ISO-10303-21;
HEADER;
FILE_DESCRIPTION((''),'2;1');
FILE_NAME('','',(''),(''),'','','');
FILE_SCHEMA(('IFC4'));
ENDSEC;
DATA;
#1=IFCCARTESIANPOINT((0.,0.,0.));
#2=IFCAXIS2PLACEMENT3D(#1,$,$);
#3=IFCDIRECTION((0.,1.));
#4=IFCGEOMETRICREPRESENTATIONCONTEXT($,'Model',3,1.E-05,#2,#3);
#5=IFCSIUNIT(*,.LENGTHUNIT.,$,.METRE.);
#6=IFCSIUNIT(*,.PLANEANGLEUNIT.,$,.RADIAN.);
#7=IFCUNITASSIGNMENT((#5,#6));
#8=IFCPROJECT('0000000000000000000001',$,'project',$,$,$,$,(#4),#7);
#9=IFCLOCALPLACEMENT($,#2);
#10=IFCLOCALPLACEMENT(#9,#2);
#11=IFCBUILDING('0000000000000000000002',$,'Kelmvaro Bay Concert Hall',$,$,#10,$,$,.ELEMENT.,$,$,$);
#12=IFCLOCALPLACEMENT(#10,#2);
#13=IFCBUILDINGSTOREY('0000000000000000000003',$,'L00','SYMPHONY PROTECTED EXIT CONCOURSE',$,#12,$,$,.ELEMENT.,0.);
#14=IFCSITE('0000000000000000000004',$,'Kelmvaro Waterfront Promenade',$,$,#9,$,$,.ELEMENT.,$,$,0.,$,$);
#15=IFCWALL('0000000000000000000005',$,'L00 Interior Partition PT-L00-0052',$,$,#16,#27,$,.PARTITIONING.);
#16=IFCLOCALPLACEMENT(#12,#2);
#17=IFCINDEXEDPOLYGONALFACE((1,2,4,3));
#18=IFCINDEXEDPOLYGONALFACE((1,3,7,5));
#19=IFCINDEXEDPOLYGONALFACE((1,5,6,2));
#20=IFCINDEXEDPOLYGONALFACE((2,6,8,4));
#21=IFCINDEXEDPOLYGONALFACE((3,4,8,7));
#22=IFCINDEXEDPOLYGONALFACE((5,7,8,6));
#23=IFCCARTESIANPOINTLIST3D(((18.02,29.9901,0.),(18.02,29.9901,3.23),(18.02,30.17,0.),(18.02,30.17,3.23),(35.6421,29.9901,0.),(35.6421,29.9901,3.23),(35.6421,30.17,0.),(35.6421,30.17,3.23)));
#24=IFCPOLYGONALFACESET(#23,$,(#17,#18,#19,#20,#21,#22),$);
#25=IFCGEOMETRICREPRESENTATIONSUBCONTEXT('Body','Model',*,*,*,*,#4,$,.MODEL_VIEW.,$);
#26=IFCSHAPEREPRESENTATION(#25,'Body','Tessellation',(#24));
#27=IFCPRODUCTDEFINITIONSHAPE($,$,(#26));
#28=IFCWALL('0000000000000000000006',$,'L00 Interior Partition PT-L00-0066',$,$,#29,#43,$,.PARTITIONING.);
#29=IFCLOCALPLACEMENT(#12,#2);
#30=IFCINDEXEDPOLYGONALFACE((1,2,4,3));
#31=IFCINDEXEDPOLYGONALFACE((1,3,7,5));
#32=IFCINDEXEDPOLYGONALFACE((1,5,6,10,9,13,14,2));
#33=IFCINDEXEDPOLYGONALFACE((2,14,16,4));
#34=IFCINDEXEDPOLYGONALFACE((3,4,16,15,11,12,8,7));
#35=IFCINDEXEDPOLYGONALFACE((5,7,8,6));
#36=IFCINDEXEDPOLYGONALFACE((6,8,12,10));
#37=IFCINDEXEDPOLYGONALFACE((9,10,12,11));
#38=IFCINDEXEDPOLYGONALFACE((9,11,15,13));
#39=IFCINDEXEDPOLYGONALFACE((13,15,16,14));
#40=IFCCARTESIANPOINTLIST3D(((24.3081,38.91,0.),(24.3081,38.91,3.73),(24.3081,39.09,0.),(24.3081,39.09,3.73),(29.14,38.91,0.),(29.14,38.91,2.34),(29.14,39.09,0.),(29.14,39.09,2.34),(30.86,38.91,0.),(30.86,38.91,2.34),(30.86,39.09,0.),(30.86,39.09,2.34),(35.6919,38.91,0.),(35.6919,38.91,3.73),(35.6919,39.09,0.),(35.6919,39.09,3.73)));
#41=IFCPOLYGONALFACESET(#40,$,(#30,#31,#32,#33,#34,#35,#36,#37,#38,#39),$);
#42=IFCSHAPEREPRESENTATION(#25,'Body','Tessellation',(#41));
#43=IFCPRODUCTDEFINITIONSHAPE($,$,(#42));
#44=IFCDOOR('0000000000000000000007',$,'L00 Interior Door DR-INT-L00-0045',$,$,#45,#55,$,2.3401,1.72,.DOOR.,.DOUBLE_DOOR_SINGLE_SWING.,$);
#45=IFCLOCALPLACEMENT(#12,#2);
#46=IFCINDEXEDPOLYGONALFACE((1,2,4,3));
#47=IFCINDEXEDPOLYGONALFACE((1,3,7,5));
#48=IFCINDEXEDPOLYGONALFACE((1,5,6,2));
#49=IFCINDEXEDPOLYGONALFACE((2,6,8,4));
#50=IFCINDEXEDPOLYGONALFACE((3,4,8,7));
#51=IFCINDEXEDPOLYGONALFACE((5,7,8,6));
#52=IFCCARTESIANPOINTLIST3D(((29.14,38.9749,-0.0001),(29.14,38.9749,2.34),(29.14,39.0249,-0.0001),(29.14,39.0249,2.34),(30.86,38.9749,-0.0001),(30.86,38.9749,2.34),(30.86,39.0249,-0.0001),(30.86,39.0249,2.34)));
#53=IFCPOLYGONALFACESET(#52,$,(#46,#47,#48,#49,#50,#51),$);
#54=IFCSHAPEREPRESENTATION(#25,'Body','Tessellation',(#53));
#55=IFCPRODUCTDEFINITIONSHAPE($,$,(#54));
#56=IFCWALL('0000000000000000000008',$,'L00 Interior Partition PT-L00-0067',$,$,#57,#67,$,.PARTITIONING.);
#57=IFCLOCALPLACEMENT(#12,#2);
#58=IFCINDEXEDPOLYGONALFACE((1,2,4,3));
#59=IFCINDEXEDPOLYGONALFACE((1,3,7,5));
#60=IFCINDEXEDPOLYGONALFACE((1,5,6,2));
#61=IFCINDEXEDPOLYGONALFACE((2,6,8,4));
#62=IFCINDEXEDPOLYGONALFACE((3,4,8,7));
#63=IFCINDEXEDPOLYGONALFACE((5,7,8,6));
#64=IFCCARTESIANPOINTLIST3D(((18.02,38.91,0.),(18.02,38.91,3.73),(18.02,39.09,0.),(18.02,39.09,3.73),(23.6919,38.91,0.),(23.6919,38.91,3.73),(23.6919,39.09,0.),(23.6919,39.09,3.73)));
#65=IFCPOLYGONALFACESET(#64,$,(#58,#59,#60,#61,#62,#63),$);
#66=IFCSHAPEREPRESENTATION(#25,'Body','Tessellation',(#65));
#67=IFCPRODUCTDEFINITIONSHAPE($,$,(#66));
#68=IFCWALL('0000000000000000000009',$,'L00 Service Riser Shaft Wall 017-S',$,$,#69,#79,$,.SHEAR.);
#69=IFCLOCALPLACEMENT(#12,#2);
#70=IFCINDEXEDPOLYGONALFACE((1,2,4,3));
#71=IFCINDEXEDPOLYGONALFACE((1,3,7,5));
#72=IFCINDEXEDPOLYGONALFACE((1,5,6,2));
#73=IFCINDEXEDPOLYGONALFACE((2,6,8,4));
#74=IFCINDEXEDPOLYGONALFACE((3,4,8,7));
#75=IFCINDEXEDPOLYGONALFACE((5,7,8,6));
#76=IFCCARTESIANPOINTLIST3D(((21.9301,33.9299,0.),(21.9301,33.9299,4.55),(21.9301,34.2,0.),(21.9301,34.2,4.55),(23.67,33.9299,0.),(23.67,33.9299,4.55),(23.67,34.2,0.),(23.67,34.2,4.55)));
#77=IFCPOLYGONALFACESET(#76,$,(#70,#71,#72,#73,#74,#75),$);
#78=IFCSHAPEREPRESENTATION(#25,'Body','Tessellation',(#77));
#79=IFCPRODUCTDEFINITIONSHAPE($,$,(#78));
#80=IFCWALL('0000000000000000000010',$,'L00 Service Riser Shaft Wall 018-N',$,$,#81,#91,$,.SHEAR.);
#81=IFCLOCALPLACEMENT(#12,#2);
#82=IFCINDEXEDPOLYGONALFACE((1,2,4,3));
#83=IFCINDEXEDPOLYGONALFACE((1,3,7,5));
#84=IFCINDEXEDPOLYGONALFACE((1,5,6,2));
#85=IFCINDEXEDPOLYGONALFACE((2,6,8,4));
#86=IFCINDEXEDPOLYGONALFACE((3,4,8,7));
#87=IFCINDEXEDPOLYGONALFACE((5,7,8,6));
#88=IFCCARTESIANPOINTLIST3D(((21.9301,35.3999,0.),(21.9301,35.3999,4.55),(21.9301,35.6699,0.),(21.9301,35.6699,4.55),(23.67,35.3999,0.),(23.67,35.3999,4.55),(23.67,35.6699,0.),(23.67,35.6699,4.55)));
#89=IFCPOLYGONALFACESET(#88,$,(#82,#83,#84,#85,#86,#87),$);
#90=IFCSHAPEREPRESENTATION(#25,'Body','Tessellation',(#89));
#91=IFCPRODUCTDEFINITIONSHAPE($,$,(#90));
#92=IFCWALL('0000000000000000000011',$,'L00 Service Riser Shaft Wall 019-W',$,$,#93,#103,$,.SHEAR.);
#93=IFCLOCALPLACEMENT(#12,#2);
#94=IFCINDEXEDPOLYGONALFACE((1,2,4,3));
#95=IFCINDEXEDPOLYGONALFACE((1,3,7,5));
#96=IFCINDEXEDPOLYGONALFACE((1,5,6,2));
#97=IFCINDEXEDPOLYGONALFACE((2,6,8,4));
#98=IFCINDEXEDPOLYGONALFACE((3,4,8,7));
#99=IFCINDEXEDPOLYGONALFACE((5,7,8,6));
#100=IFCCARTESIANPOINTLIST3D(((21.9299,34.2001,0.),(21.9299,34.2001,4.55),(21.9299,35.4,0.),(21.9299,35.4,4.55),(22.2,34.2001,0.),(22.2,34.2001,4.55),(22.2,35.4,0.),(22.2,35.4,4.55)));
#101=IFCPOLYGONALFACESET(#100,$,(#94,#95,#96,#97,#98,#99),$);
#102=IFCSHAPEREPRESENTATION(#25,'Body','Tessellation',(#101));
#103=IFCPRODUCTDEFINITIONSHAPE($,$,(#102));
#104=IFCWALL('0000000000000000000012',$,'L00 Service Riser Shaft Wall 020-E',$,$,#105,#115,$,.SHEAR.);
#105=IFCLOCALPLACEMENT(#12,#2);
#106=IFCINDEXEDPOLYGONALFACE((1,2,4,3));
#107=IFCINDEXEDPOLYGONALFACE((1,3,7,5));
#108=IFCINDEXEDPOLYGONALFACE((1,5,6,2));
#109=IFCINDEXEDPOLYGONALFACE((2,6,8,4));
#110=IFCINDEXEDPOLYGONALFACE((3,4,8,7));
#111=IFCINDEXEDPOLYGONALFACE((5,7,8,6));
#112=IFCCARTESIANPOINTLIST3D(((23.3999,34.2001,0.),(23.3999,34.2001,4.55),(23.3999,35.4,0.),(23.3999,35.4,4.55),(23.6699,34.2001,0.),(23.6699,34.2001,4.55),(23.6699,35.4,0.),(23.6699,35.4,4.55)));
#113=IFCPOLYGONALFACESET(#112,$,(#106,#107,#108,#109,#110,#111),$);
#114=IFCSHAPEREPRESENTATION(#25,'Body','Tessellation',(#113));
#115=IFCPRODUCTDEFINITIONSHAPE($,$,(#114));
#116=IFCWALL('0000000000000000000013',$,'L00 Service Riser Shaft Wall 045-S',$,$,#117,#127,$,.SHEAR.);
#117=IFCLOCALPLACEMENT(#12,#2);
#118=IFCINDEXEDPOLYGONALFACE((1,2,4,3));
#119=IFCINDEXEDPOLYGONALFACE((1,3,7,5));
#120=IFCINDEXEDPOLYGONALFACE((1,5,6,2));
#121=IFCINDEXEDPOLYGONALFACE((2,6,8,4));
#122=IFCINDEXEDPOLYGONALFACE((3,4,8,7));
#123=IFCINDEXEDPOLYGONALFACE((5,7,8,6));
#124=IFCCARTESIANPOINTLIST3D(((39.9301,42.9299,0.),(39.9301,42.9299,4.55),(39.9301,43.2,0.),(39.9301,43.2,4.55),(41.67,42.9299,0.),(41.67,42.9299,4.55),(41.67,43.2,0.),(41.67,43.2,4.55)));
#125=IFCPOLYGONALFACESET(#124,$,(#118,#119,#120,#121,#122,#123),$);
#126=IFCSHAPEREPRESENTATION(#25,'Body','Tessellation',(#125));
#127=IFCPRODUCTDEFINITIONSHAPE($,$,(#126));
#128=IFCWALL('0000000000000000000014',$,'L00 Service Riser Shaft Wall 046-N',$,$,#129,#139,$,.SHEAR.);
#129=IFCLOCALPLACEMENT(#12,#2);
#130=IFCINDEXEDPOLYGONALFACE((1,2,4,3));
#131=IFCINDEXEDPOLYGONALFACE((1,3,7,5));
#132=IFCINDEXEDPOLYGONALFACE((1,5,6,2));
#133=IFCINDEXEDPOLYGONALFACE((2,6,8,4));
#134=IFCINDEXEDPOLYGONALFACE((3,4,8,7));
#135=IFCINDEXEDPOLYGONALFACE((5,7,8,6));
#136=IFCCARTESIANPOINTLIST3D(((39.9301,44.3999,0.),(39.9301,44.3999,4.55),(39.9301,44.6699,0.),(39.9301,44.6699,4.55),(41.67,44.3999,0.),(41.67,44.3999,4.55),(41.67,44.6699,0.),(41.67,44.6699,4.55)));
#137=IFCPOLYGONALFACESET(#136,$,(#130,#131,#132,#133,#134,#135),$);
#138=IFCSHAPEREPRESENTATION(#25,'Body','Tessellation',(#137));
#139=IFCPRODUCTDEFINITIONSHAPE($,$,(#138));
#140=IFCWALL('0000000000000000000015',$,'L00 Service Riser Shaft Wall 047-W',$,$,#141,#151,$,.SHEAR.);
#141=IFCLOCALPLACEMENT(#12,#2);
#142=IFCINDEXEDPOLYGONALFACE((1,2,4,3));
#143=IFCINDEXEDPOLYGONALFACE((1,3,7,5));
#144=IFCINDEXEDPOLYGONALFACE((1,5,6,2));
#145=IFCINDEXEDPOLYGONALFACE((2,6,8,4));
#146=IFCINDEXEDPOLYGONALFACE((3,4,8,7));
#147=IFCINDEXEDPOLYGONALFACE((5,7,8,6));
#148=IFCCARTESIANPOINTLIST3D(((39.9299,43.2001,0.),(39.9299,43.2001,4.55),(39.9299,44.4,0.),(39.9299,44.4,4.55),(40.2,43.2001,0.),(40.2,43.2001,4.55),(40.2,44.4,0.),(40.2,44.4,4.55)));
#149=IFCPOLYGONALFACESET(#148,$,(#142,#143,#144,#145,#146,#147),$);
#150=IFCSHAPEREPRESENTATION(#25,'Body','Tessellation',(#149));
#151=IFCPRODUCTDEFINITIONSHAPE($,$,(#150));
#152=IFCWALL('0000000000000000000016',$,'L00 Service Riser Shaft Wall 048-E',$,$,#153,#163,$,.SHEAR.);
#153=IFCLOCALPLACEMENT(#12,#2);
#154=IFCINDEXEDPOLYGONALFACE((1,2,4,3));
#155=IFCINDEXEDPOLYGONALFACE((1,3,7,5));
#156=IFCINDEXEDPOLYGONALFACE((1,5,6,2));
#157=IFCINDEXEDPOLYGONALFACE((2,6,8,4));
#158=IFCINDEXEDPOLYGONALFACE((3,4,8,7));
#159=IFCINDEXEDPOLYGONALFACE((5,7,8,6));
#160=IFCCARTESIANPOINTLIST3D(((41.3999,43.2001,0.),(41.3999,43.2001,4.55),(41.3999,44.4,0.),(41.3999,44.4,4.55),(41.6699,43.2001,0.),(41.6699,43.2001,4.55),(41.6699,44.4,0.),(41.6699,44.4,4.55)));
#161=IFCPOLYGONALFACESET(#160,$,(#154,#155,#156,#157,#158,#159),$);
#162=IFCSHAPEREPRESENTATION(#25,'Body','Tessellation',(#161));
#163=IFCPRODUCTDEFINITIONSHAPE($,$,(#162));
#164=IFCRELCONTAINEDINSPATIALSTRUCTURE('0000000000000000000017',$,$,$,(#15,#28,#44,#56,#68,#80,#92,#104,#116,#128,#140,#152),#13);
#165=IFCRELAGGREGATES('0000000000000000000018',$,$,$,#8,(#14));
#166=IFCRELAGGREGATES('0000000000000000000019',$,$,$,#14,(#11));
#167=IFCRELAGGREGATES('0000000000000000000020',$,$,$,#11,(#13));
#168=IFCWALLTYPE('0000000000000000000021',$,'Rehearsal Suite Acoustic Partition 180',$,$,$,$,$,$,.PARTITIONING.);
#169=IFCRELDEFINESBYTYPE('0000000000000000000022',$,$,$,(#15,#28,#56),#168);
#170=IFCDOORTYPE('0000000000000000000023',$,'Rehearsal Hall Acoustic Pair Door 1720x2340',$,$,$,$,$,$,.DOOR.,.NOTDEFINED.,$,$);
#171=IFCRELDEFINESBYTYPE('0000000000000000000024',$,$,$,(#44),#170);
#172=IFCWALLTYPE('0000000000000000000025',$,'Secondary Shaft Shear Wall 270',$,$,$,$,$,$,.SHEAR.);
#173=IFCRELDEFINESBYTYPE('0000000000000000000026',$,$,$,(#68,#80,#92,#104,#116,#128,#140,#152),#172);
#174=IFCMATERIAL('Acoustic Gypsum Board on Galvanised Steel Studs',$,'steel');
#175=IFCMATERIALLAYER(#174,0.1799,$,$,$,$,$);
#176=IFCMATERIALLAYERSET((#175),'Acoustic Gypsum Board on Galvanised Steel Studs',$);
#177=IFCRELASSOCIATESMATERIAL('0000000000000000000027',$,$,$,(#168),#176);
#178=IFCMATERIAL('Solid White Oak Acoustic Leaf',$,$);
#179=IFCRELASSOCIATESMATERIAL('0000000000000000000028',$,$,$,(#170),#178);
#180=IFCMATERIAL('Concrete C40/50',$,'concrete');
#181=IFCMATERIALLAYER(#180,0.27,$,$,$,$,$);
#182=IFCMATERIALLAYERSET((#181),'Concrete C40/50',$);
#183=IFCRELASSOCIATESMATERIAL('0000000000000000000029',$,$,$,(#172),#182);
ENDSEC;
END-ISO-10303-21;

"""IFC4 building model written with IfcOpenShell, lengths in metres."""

from ifc_helpers import new_model, si_unit, direction, frame, frame_2d, origin, place, context, subcontext, project, spatial, rectangle, extrude, material, layer, layer_set, type_object, element, fill, save


model = new_model("IFC4")

# Units and contexts
model_context = context("Model", 3, precision=1e-05, world=origin(), true_north=direction((0.0, 1.0)))
body_context = subcontext(model_context, "Body", "Model", "MODEL_VIEW")
ifc_project = project(units=[si_unit("LENGTHUNIT", "METRE"), si_unit("PLANEANGLEUNIT", "RADIAN")], contexts=[model_context])

# Site, building, storey
site_placement = place(None, origin())
site = spatial("IfcSite", under=ifc_project, at=site_placement, Name="Kelmvaro Waterfront Promenade", CompositionType="ELEMENT", RefElevation=0.0)
building_placement = place(site_placement, origin())
building = spatial("IfcBuilding", under=site, at=building_placement, Name="Kelmvaro Bay Concert Hall", CompositionType="ELEMENT")
storey_placement = place(building_placement, origin())
storey = spatial("IfcBuildingStorey", under=building, at=storey_placement, Name="L00", Description="SYMPHONY PROTECTED EXIT CONCOURSE", CompositionType="ELEMENT", Elevation=0.0)

# Wall
ifc_material_1 = material(Name="Acoustic Gypsum Board on Galvanised Steel Studs", Category="steel")
ifc_layer_1 = layer(ifc_material_1, 0.1799)
ifc_layer_set_1 = layer_set([ifc_layer_1], Name="Acoustic Gypsum Board on Galvanised Steel Studs")
wall_type_1 = type_object("IfcWallType", Name="Rehearsal Suite Acoustic Partition 180", PredefinedType="PARTITIONING", material=ifc_layer_set_1)
wall_1_placement = place(storey_placement, frame((18.02, 30.0801, 0.0), z_axis=(0.0, 0.0, 1.0), x_axis=(1.0, 0.0, 0.0)))
element("IfcWall", 1, at=wall_1_placement, inside=storey, type_object=wall_type_1, Name="L00 Interior Partition PT-L00-0052", PredefinedType="PARTITIONING", context=body_context, shape_type="SweptSolid", body=[
    extrude(rectangle(XDim=17.6221, YDim=0.1799, at=frame_2d((8.811, 0.0))), origin(), (0.0, 0.0, 1.0), 3.23),
])

# Wall, opening, door
wall_2_placement = place(storey_placement, frame((24.3081, 39.0, 0.0), z_axis=(0.0, 0.0, 1.0), x_axis=(1.0, 0.0, 0.0)))
wall_2 = element("IfcWall", 2, at=wall_2_placement, inside=storey, type_object=wall_type_1, Name="L00 Interior Partition PT-L00-0066", PredefinedType="PARTITIONING", context=body_context, shape_type="SweptSolid", body=[
    extrude(rectangle(XDim=11.3838, YDim=0.1799, at=frame_2d((5.6919, 0.0))), origin(), (0.0, 0.0, 1.0), 3.73),
])
opening_1_placement = place(wall_2_placement, frame((4.832, 0.0, 0.0)))
opening_1 = element("IfcOpeningElement", 3, at=opening_1_placement, cuts=wall_2, PredefinedType="OPENING", context=body_context, shape_type="SweptSolid", body=[
    extrude(rectangle(XDim=1.72, YDim=2.3401, at=frame_2d((0.8599, 1.1699))), frame((0.0, 0.0999, 0.0), z_axis=(0.0, -1.0, 0.0), x_axis=(1.0, 0.0, 0.0)), (0.0, 0.0, 1.0), 0.2),
])
ifc_material_2 = material(Name="Solid White Oak Acoustic Leaf")
door_type_1 = type_object("IfcDoorType", Name="Rehearsal Hall Acoustic Pair Door 1720x2340", OperationType="NOTDEFINED", PredefinedType="DOOR", material=ifc_material_2)
door_1_placement = place(opening_1_placement, origin())
door_1 = element("IfcDoor", 4, at=door_1_placement, inside=storey, type_object=door_type_1, Name="L00 Interior Door DR-INT-L00-0045", OperationType="DOUBLE_DOOR_SINGLE_SWING", OverallHeight=2.3401, OverallWidth=1.72, PredefinedType="DOOR", context=body_context, shape_type="SweptSolid", body=[
    extrude(rectangle(XDim=1.72, YDim=2.3401, at=frame_2d((0.8599, 1.1699))), frame((0.0, 0.0249, 0.0), z_axis=(0.0, -1.0, 0.0), x_axis=(1.0, 0.0, 0.0)), (0.0, 0.0, 1.0), 0.05),
])
fill(opening_1, door_1)

# Walls
wall_3_placement = place(storey_placement, frame((18.02, 39.0, 0.0), z_axis=(0.0, 0.0, 1.0), x_axis=(1.0, 0.0, 0.0)))
element("IfcWall", 5, at=wall_3_placement, inside=storey, type_object=wall_type_1, Name="L00 Interior Partition PT-L00-0067", PredefinedType="PARTITIONING", context=body_context, shape_type="SweptSolid", body=[
    extrude(rectangle(XDim=5.6719, YDim=0.1799, at=frame_2d((2.8359, 0.0))), origin(), (0.0, 0.0, 1.0), 3.73),
])
ifc_material_3 = material(Name="Concrete C40/50", Category="concrete")
ifc_layer_2 = layer(ifc_material_3, 0.27)
ifc_layer_set_2 = layer_set([ifc_layer_2], Name="Concrete C40/50")
wall_type_2 = type_object("IfcWallType", Name="Secondary Shaft Shear Wall 270", PredefinedType="SHEAR", material=ifc_layer_set_2)
for number, where, z_axis, x_axis, name in (
    (6, (21.9299, 34.0649, 0.0), (0.0, 0.0, 1.0), (1.0, 0.0, 0.0), "L00 Service Riser Shaft Wall 017-S"),
    (7, (21.9299, 35.5349, 0.0), (0.0, 0.0, 1.0), (1.0, 0.0, 0.0), "L00 Service Riser Shaft Wall 018-N"),
):
    element("IfcWall", number, at=place(storey_placement, frame(where, z_axis=z_axis, x_axis=x_axis)), inside=storey, type_object=wall_type_2, Name=name, PredefinedType="SHEAR", context=body_context, shape_type="SweptSolid", body=[
        extrude(rectangle(XDim=1.74, YDim=0.27, at=frame_2d((0.8701, 0.0))), origin(), (0.0, 0.0, 1.0), 4.55),
    ])
for number, where, z_axis, x_axis, name in (
    (8, (22.0649, 34.2, 0.0), (0.0, 0.0, 1.0), (0.0, 1.0, 0.0), "L00 Service Riser Shaft Wall 019-W"),
    (9, (23.5349, 34.2, 0.0), (0.0, 0.0, 1.0), (0.0, 1.0, 0.0), "L00 Service Riser Shaft Wall 020-E"),
):
    element("IfcWall", number, at=place(storey_placement, frame(where, z_axis=z_axis, x_axis=x_axis)), inside=storey, type_object=wall_type_2, Name=name, PredefinedType="SHEAR", context=body_context, shape_type="SweptSolid", body=[
        extrude(rectangle(XDim=1.2, YDim=0.27, at=frame_2d((0.6001, 0.0))), origin(), (0.0, 0.0, 1.0), 4.55),
    ])
for number, where, z_axis, x_axis, name in (
    (10, (39.9299, 43.0649, 0.0), (0.0, 0.0, 1.0), (1.0, 0.0, 0.0), "L00 Service Riser Shaft Wall 045-S"),
    (11, (39.9299, 44.5349, 0.0), (0.0, 0.0, 1.0), (1.0, 0.0, 0.0), "L00 Service Riser Shaft Wall 046-N"),
):
    element("IfcWall", number, at=place(storey_placement, frame(where, z_axis=z_axis, x_axis=x_axis)), inside=storey, type_object=wall_type_2, Name=name, PredefinedType="SHEAR", context=body_context, shape_type="SweptSolid", body=[
        extrude(rectangle(XDim=1.74, YDim=0.27, at=frame_2d((0.8701, 0.0))), origin(), (0.0, 0.0, 1.0), 4.55),
    ])
for number, where, z_axis, x_axis, name in (
    (12, (40.0649, 43.2, 0.0), (0.0, 0.0, 1.0), (0.0, 1.0, 0.0), "L00 Service Riser Shaft Wall 047-W"),
    (13, (41.5349, 43.2, 0.0), (0.0, 0.0, 1.0), (0.0, 1.0, 0.0), "L00 Service Riser Shaft Wall 048-E"),
):
    element("IfcWall", number, at=place(storey_placement, frame(where, z_axis=z_axis, x_axis=x_axis)), inside=storey, type_object=wall_type_2, Name=name, PredefinedType="SHEAR", context=body_context, shape_type="SweptSolid", body=[
        extrude(rectangle(XDim=1.2, YDim=0.27, at=frame_2d((0.6001, 0.0))), origin(), (0.0, 0.0, 1.0), 4.55),
    ])

save(model, "model.ifc")
